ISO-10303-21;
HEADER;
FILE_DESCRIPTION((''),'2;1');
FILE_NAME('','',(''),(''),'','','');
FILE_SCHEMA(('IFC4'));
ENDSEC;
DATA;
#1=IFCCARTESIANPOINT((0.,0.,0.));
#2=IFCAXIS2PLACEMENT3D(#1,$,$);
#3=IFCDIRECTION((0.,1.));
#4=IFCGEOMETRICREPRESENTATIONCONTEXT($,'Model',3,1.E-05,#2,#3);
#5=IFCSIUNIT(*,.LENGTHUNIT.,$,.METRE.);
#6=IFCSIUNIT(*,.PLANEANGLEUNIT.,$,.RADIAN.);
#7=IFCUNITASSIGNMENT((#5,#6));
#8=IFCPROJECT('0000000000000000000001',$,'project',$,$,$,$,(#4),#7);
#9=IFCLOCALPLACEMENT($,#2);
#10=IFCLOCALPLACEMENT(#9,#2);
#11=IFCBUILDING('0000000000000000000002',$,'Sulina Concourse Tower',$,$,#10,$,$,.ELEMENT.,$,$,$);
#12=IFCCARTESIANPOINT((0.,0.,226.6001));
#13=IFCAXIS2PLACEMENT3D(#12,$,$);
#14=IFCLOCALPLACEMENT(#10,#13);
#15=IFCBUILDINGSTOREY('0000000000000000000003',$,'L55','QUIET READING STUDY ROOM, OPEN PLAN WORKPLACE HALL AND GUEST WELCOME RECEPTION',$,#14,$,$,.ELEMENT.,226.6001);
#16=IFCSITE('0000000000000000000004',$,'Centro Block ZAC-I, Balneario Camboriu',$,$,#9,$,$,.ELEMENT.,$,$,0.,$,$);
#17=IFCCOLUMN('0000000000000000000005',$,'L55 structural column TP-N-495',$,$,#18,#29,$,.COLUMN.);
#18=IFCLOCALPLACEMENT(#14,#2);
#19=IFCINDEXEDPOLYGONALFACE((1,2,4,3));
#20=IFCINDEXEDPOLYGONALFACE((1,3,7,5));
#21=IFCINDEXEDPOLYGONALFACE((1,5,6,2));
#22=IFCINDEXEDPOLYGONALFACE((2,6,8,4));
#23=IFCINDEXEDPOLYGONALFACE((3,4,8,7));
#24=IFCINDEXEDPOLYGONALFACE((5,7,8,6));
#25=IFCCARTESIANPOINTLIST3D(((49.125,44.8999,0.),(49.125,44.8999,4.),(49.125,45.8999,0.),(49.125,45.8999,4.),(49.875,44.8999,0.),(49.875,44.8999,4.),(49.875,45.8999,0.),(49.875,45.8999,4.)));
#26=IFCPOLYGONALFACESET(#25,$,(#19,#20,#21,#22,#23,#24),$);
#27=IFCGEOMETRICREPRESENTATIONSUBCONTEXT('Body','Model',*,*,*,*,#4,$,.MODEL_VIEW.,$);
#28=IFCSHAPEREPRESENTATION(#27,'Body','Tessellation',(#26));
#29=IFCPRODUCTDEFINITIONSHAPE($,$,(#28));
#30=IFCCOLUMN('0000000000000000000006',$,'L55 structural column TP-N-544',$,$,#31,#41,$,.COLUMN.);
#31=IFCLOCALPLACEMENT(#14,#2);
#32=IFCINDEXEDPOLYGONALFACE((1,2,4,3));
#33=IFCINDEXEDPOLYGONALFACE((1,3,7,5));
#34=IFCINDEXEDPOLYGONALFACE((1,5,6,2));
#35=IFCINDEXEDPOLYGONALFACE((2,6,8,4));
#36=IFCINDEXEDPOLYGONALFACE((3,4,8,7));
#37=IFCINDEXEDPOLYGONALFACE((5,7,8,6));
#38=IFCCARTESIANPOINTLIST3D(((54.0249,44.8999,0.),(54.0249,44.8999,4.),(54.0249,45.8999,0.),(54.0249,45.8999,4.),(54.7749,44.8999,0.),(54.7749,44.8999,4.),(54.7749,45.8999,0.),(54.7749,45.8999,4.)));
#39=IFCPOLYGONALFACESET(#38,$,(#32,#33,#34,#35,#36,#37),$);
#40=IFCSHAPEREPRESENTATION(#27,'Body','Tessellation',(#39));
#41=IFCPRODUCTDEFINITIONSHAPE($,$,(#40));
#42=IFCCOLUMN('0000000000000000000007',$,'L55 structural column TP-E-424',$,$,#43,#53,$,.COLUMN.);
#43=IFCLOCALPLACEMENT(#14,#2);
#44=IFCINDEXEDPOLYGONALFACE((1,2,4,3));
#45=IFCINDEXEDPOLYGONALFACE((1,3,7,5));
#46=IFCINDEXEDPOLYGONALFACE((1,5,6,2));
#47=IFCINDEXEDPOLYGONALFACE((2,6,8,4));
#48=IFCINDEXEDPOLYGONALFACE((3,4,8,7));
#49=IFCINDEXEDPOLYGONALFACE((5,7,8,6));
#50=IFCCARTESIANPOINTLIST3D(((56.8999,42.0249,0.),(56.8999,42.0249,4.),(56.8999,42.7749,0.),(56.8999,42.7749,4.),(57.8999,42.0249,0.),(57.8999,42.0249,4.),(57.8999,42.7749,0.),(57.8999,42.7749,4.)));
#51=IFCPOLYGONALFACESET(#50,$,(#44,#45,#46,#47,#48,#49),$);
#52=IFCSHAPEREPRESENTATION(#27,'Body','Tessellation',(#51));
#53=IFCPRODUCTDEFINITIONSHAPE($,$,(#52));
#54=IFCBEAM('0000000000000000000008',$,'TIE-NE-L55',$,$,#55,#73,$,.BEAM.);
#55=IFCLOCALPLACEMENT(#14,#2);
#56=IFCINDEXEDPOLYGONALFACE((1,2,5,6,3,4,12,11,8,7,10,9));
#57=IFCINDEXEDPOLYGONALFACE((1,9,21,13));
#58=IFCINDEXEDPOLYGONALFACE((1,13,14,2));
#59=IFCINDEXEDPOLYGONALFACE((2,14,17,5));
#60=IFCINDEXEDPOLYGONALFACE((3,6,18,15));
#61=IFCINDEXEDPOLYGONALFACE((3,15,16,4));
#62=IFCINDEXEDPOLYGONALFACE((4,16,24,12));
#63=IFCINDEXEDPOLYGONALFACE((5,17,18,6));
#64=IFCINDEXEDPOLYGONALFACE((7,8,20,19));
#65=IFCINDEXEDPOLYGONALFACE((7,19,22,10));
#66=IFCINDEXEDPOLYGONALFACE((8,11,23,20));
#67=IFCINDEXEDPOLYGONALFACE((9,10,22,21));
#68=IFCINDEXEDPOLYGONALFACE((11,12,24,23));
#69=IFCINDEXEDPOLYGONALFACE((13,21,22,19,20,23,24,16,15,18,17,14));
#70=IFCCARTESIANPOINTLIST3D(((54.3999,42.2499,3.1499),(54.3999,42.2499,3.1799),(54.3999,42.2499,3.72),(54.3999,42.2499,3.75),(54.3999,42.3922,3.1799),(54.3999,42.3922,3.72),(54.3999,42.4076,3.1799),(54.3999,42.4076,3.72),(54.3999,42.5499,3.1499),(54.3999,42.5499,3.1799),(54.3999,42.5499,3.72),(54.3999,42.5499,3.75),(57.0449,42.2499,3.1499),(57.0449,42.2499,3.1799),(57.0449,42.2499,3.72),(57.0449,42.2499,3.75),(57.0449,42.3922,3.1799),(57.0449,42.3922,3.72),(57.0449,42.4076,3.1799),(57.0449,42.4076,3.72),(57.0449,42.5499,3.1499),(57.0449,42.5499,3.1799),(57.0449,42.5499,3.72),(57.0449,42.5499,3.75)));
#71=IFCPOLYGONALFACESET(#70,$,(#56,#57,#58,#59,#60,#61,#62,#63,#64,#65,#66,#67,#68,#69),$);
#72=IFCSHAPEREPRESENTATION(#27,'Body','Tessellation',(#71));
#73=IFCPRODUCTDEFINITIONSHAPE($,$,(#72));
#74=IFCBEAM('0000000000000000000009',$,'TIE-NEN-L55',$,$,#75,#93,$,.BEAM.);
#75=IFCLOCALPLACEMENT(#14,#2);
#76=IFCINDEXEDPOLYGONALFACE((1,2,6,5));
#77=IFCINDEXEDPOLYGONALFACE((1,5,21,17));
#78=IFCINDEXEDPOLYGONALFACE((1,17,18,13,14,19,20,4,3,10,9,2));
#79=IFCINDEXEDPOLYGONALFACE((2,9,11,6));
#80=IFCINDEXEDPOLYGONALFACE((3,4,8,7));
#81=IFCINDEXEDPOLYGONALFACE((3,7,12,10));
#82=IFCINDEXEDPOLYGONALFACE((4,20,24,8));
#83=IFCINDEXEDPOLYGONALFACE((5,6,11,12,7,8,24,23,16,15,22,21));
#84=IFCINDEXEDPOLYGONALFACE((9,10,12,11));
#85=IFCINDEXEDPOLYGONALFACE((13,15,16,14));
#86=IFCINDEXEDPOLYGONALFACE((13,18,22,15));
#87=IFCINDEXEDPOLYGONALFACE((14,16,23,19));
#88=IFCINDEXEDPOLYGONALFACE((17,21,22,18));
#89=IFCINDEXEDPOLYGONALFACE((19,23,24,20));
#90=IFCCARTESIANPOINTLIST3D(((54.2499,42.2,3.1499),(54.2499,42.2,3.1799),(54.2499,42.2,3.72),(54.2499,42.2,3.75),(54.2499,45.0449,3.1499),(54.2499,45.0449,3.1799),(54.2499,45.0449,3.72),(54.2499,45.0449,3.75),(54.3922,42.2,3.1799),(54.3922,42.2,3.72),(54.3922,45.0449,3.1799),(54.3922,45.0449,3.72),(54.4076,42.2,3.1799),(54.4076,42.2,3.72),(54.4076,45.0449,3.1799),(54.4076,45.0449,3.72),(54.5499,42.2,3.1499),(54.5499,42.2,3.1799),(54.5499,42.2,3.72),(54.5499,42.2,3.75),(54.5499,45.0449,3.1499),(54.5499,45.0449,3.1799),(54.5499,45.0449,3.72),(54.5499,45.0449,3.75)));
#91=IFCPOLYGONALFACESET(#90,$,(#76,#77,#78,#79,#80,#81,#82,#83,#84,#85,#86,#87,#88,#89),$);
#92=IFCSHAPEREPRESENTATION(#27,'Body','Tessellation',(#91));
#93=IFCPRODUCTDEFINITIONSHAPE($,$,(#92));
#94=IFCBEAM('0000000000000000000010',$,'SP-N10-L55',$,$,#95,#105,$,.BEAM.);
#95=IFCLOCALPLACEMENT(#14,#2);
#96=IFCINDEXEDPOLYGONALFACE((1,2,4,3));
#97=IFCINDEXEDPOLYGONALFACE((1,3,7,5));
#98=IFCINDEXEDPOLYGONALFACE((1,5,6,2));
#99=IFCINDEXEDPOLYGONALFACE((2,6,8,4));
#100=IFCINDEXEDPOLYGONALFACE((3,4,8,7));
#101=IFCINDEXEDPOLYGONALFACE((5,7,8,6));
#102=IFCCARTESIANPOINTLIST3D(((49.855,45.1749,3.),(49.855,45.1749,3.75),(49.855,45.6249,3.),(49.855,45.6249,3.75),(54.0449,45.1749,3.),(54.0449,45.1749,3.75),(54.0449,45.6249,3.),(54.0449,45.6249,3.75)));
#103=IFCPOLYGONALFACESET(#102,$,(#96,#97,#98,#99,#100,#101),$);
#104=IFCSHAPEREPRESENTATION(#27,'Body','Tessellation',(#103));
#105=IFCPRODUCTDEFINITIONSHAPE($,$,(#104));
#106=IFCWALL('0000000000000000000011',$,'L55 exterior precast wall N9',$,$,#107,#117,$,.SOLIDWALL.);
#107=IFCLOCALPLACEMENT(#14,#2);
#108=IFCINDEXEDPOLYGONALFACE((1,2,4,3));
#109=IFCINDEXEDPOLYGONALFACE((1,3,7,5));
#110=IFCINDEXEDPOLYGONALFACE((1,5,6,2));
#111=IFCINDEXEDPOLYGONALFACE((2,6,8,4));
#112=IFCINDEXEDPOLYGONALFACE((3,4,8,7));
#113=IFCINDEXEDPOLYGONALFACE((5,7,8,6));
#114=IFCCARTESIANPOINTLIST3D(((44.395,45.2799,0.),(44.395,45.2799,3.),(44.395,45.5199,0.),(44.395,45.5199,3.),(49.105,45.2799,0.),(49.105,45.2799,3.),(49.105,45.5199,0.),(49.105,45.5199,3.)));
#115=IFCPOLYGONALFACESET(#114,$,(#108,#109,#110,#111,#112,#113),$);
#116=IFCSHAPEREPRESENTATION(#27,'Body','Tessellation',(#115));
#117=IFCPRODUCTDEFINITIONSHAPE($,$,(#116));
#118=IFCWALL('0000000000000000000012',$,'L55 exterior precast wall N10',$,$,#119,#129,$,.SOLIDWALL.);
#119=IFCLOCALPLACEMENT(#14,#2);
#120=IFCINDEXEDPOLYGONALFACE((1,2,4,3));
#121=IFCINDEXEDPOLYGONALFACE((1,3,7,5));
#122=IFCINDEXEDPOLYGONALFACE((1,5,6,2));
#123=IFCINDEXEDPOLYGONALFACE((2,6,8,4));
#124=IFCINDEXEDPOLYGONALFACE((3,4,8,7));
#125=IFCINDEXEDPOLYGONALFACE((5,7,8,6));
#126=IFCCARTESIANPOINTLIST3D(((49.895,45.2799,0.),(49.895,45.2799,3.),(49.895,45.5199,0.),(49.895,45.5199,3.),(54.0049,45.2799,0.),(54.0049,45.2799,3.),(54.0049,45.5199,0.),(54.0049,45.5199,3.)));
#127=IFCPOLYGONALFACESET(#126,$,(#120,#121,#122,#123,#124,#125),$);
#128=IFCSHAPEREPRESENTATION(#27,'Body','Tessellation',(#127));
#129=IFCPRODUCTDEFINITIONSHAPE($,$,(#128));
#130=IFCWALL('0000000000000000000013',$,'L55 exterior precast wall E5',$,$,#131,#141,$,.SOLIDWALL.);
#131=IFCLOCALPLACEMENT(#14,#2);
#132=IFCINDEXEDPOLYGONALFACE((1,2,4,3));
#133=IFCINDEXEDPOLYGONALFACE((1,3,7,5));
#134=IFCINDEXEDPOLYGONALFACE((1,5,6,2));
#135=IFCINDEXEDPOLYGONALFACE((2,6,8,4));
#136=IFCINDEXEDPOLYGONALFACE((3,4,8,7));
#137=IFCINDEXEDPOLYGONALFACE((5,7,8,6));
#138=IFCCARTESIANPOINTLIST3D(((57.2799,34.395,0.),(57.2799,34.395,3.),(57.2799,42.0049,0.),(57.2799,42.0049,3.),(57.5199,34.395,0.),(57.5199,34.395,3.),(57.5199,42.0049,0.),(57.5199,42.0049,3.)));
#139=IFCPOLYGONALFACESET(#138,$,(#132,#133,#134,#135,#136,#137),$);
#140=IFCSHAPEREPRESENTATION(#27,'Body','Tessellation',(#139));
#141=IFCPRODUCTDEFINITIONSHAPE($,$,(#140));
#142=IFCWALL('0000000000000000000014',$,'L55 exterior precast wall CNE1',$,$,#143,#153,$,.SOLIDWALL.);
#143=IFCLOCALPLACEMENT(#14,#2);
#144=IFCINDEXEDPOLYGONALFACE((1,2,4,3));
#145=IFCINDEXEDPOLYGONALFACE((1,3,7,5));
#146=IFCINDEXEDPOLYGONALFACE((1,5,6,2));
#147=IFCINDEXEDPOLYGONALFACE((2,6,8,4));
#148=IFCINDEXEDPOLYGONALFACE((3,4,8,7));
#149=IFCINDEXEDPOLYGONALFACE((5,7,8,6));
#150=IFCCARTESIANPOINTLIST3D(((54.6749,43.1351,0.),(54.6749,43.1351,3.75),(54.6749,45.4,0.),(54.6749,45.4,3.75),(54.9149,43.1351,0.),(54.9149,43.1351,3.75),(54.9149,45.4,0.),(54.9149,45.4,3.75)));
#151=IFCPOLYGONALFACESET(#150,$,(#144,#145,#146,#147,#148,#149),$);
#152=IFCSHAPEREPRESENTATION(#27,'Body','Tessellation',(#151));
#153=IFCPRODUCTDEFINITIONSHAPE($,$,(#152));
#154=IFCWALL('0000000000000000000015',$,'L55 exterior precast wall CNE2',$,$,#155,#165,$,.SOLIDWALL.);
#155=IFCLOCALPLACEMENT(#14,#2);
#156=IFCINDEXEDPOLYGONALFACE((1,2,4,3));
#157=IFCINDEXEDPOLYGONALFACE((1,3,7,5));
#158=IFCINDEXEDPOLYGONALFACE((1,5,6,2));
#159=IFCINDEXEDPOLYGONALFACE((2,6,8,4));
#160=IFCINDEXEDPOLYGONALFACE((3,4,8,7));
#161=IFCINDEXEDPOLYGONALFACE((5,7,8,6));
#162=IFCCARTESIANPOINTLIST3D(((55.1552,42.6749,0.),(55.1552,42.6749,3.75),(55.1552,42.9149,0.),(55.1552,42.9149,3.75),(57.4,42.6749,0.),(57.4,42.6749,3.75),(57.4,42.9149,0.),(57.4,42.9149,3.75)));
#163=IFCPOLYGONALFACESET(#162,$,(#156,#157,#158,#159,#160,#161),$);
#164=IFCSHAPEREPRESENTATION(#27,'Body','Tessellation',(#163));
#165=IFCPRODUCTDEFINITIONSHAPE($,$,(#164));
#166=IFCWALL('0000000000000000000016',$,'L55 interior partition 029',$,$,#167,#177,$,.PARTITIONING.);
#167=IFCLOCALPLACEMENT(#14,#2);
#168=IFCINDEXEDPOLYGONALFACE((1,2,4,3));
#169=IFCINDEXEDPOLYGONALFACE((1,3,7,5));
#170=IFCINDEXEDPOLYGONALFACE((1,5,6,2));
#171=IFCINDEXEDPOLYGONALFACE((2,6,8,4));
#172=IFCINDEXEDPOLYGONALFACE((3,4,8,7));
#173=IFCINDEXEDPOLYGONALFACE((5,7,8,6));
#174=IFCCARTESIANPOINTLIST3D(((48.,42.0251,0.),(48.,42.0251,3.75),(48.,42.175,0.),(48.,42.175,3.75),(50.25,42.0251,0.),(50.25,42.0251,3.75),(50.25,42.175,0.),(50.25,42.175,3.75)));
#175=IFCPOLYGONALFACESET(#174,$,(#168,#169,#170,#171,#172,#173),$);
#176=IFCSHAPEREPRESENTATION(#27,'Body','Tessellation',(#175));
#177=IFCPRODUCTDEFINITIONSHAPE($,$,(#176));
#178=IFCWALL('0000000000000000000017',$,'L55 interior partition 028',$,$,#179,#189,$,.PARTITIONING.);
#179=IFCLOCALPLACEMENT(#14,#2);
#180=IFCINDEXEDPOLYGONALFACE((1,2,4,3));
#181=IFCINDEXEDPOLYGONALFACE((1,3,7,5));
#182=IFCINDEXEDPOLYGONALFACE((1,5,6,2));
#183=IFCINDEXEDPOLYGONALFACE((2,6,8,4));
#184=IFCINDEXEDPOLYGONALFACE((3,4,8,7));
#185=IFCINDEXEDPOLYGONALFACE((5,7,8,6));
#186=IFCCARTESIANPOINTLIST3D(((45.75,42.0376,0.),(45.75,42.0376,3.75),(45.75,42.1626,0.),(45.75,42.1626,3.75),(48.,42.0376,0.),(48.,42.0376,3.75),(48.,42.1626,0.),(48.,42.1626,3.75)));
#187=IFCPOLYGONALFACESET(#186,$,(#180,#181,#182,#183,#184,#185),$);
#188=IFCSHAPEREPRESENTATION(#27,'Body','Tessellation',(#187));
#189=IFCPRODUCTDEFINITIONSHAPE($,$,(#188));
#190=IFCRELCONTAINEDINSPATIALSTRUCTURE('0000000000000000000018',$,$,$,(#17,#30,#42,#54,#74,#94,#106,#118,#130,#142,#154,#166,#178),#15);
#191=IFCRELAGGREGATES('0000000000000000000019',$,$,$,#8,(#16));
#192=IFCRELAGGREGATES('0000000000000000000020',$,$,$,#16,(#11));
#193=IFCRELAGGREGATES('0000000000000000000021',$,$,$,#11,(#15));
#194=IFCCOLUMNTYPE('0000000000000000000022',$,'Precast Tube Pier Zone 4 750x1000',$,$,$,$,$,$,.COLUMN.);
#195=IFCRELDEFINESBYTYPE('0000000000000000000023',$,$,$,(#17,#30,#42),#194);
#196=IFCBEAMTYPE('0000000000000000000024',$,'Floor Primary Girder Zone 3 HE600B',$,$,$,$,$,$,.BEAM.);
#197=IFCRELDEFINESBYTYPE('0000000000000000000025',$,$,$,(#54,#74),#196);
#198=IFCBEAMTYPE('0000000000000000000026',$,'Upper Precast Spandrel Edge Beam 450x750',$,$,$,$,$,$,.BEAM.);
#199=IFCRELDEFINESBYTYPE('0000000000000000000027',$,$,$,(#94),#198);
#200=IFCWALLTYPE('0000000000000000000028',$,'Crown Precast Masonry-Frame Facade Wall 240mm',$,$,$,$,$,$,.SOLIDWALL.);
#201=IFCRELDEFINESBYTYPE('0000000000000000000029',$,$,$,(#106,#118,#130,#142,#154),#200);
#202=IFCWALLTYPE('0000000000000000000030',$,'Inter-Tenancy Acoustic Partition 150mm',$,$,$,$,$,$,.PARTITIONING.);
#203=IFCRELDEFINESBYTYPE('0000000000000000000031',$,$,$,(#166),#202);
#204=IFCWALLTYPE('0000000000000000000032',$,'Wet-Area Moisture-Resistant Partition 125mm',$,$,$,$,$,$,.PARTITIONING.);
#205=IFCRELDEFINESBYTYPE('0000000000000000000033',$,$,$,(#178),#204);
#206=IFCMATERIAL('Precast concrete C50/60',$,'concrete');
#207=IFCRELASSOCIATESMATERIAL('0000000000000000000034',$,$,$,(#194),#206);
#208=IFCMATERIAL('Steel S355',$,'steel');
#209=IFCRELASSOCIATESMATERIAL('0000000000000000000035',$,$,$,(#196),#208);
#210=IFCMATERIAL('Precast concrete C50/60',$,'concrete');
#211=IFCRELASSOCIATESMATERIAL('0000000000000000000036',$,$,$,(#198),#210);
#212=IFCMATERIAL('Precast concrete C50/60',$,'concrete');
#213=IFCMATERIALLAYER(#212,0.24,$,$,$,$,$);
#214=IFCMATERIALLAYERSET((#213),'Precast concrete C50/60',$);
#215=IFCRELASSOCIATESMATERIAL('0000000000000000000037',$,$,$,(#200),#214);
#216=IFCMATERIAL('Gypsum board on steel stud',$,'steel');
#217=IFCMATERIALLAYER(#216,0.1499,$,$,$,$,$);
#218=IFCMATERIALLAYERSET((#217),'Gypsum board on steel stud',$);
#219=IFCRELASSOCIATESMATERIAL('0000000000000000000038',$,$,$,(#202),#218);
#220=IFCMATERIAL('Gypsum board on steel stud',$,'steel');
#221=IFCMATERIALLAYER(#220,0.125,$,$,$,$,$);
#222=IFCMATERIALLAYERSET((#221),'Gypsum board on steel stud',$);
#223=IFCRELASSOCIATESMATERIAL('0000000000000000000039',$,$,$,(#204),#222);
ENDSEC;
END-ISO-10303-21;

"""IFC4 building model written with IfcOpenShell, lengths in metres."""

from ifc_helpers import new_model, si_unit, direction, frame, frame_2d, origin, origin_2d, place, context, subcontext, project, spatial, rectangle, i_section, extrude, material, layer, layer_set, material_profile, profile_set, type_object, element, save


model = new_model("IFC4")

# Units and contexts
model_context = context("Model", 3, precision=1e-05, world=origin(), true_north=direction((0.0, 1.0)))
body_context = subcontext(model_context, "Body", "Model", "MODEL_VIEW")
ifc_project = project(units=[si_unit("LENGTHUNIT", "METRE"), si_unit("PLANEANGLEUNIT", "RADIAN")], contexts=[model_context])

# Site, building, storey
site_placement = place(None, origin())
site = spatial("IfcSite", under=ifc_project, at=site_placement, Name="Centro Block ZAC-I, Balneario Camboriu", CompositionType="ELEMENT", RefElevation=0.0)
building_placement = place(site_placement, origin())
building = spatial("IfcBuilding", under=site, at=building_placement, Name="Sulina Concourse Tower", CompositionType="ELEMENT")
storey_placement = place(building_placement, frame((0.0, 0.0, 226.6001)))
storey = spatial("IfcBuildingStorey", under=building, at=storey_placement, Name="L55", Description="QUIET READING STUDY ROOM, OPEN PLAN WORKPLACE HALL AND GUEST WELCOME RECEPTION", CompositionType="ELEMENT", Elevation=226.6001)

# Columns
ifc_material_1 = material(Name="Precast concrete C50/60", Category="concrete")
ifc_material_profile_1 = material_profile(ifc_material_1, rectangle(XDim=0.75, YDim=1.0, at=origin_2d()), Name="PC 750x1000")
ifc_profile_set_1 = profile_set([ifc_material_profile_1], Name="Precast concrete C50/60")
column_type = type_object("IfcColumnType", Name="Precast Tube Pier Zone 4 750x1000", PredefinedType="COLUMN", material=ifc_profile_set_1)
for number, where, z_axis, x_axis, name in (
    (1, (49.5, 45.3999, 0.0), (0.0, 0.0, 1.0), (1.0, 0.0, 0.0), "L55 structural column TP-N-495"),
    (2, (54.3999, 45.3999, 0.0), (0.0, 0.0, 1.0), (1.0, 0.0, 0.0), "L55 structural column TP-N-544"),
    (3, (57.3999, 42.3999, 0.0), (0.0, 0.0, 1.0), (0.0, 1.0, 0.0), "L55 structural column TP-E-424"),
):
    element("IfcColumn", number, at=place(storey_placement, frame(where, z_axis=z_axis, x_axis=x_axis)), inside=storey, type_object=column_type, Name=name, PredefinedType="COLUMN", context=body_context, shape_type="SweptSolid", body=[
        extrude(rectangle(XDim=0.75, YDim=1.0, at=origin_2d()), origin(), (0.0, 0.0, 1.0), 4.0),
    ])

# Beams
ifc_material_2 = material(Name="Steel S355", Category="steel")
ifc_material_profile_2 = material_profile(ifc_material_2, i_section(OverallWidth=0.3, OverallDepth=0.6001, WebThickness=0.0154, FlangeThickness=0.03, at=origin_2d()), Name="HE 600 B")
ifc_profile_set_2 = profile_set([ifc_material_profile_2], Name="Steel S355")
beam_type_1 = type_object("IfcBeamType", Name="Floor Primary Girder Zone 3 HE600B", PredefinedType="BEAM", material=ifc_profile_set_2)
beam_1_placement = place(storey_placement, frame((54.3999, 42.3999, 3.45), z_axis=(1.0, 0.0, 0.0), x_axis=(0.0, 1.0, 0.0)))
element("IfcBeam", 4, at=beam_1_placement, inside=storey, type_object=beam_type_1, Name="TIE-NE-L55", PredefinedType="BEAM", context=body_context, shape_type="SweptSolid", body=[
    extrude(i_section(OverallWidth=0.3, OverallDepth=0.6001, WebThickness=0.0154, FlangeThickness=0.03, at=origin_2d()), origin(), (0.0, 0.0, 1.0), 2.645),
])
beam_2_placement = place(storey_placement, frame((54.3999, 42.2, 3.45), z_axis=(0.0, 1.0, 0.0), x_axis=(-1.0, 0.0, 0.0)))
element("IfcBeam", 5, at=beam_2_placement, inside=storey, type_object=beam_type_1, Name="TIE-NEN-L55", PredefinedType="BEAM", context=body_context, shape_type="SweptSolid", body=[
    extrude(i_section(OverallWidth=0.3, OverallDepth=0.6001, WebThickness=0.0154, FlangeThickness=0.03, at=origin_2d()), origin(), (0.0, 0.0, 1.0), 2.845),
])
ifc_material_3 = material(Name="Precast concrete C50/60", Category="concrete")
ifc_material_profile_3 = material_profile(ifc_material_3, rectangle(XDim=0.45, YDim=0.75, at=origin_2d()), Name="RC 450x750")
ifc_profile_set_3 = profile_set([ifc_material_profile_3], Name="Precast concrete C50/60")
beam_type_2 = type_object("IfcBeamType", Name="Upper Precast Spandrel Edge Beam 450x750", PredefinedType="BEAM", material=ifc_profile_set_3)
beam_3_placement = place(storey_placement, frame((49.855, 45.3999, 3.375), z_axis=(1.0, 0.0, 0.0), x_axis=(0.0, 1.0, 0.0)))
element("IfcBeam", 6, at=beam_3_placement, inside=storey, type_object=beam_type_2, Name="SP-N10-L55", PredefinedType="BEAM", context=body_context, shape_type="SweptSolid", body=[
    extrude(rectangle(XDim=0.45, YDim=0.75, at=origin_2d()), origin(), (0.0, 0.0, 1.0), 4.1899),
])

# Walls
ifc_material_4 = material(Name="Precast concrete C50/60", Category="concrete")
ifc_layer_1 = layer(ifc_material_4, 0.24)
ifc_layer_set_1 = layer_set([ifc_layer_1], Name="Precast concrete C50/60")
wall_type_1 = type_object("IfcWallType", Name="Crown Precast Masonry-Frame Facade Wall 240mm", PredefinedType="SOLIDWALL", material=ifc_layer_set_1)
wall_1_placement = place(storey_placement, frame((44.395, 45.3999, 0.0), z_axis=(0.0, 0.0, 1.0), x_axis=(1.0, 0.0, 0.0)))
element("IfcWall", 7, at=wall_1_placement, inside=storey, type_object=wall_type_1, Name="L55 exterior precast wall N9", PredefinedType="SOLIDWALL", context=body_context, shape_type="SweptSolid", body=[
    extrude(rectangle(XDim=4.71, YDim=0.24, at=frame_2d((2.355, 0.0))), origin(), (0.0, 0.0, 1.0), 3.0),
])
wall_2_placement = place(storey_placement, frame((49.895, 45.3999, 0.0), z_axis=(0.0, 0.0, 1.0), x_axis=(1.0, 0.0, 0.0)))
element("IfcWall", 8, at=wall_2_placement, inside=storey, type_object=wall_type_1, Name="L55 exterior precast wall N10", PredefinedType="SOLIDWALL", context=body_context, shape_type="SweptSolid", body=[
    extrude(rectangle(XDim=4.1099, YDim=0.24, at=frame_2d((2.0549, 0.0))), origin(), (0.0, 0.0, 1.0), 3.0),
])
wall_3_placement = place(storey_placement, frame((57.3999, 42.0049, 0.0), z_axis=(0.0, 0.0, 1.0), x_axis=(0.0, -1.0, 0.0)))
element("IfcWall", 9, at=wall_3_placement, inside=storey, type_object=wall_type_1, Name="L55 exterior precast wall E5", PredefinedType="SOLIDWALL", context=body_context, shape_type="SweptSolid", body=[
    extrude(rectangle(XDim=7.6099, YDim=0.24, at=frame_2d((3.8049, 0.0))), origin(), (0.0, 0.0, 1.0), 3.0),
])
wall_4_placement = place(storey_placement, frame((54.7949, 45.3999, 0.0), z_axis=(0.0, 0.0, 1.0), x_axis=(0.0, -1.0, 0.0)))
element("IfcWall", 10, at=wall_4_placement, inside=storey, type_object=wall_type_1, Name="L55 exterior precast wall CNE1", PredefinedType="SOLIDWALL", context=body_context, shape_type="SweptSolid", body=[
    extrude(rectangle(XDim=2.2649, YDim=0.24, at=frame_2d((1.1323, 0.0))), origin(), (0.0, 0.0, 1.0), 3.75),
])
wall_5_placement = place(storey_placement, frame((55.155, 42.7949, 0.0), z_axis=(0.0, 0.0, 1.0), x_axis=(1.0, 0.0, 0.0)))
element("IfcWall", 11, at=wall_5_placement, inside=storey, type_object=wall_type_1, Name="L55 exterior precast wall CNE2", PredefinedType="SOLIDWALL", context=body_context, shape_type="SweptSolid", body=[
    extrude(rectangle(XDim=2.2449, YDim=0.24, at=frame_2d((1.1226, 0.0))), origin(), (0.0, 0.0, 1.0), 3.75),
])
ifc_material_5 = material(Name="Gypsum board on steel stud", Category="steel")
ifc_layer_2 = layer(ifc_material_5, 0.1499)
ifc_layer_set_2 = layer_set([ifc_layer_2], Name="Gypsum board on steel stud")
wall_type_2 = type_object("IfcWallType", Name="Inter-Tenancy Acoustic Partition 150mm", PredefinedType="PARTITIONING", material=ifc_layer_set_2)
wall_6_placement = place(storey_placement, frame((48.0, 42.1001, 0.0), z_axis=(0.0, 0.0, 1.0), x_axis=(1.0, 0.0, 0.0)))
element("IfcWall", 12, at=wall_6_placement, inside=storey, type_object=wall_type_2, Name="L55 interior partition 029", PredefinedType="PARTITIONING", context=body_context, shape_type="SweptSolid", body=[
    extrude(rectangle(XDim=2.25, YDim=0.1499, at=frame_2d((1.125, 0.0))), origin(), (0.0, 0.0, 1.0), 3.75),
])
ifc_material_6 = material(Name="Gypsum board on steel stud", Category="steel")
ifc_layer_3 = layer(ifc_material_6, 0.125)
ifc_layer_set_3 = layer_set([ifc_layer_3], Name="Gypsum board on steel stud")
wall_type_3 = type_object("IfcWallType", Name="Wet-Area Moisture-Resistant Partition 125mm", PredefinedType="PARTITIONING", material=ifc_layer_set_3)
wall_7_placement = place(storey_placement, frame((45.75, 42.1001, 0.0), z_axis=(0.0, 0.0, 1.0), x_axis=(1.0, 0.0, 0.0)))
element("IfcWall", 13, at=wall_7_placement, inside=storey, type_object=wall_type_3, Name="L55 interior partition 028", PredefinedType="PARTITIONING", context=body_context, shape_type="SweptSolid", body=[
    extrude(rectangle(XDim=2.25, YDim=0.125, at=frame_2d((1.125, 0.0))), origin(), (0.0, 0.0, 1.0), 3.75),
])

save(model, "model.ifc")
